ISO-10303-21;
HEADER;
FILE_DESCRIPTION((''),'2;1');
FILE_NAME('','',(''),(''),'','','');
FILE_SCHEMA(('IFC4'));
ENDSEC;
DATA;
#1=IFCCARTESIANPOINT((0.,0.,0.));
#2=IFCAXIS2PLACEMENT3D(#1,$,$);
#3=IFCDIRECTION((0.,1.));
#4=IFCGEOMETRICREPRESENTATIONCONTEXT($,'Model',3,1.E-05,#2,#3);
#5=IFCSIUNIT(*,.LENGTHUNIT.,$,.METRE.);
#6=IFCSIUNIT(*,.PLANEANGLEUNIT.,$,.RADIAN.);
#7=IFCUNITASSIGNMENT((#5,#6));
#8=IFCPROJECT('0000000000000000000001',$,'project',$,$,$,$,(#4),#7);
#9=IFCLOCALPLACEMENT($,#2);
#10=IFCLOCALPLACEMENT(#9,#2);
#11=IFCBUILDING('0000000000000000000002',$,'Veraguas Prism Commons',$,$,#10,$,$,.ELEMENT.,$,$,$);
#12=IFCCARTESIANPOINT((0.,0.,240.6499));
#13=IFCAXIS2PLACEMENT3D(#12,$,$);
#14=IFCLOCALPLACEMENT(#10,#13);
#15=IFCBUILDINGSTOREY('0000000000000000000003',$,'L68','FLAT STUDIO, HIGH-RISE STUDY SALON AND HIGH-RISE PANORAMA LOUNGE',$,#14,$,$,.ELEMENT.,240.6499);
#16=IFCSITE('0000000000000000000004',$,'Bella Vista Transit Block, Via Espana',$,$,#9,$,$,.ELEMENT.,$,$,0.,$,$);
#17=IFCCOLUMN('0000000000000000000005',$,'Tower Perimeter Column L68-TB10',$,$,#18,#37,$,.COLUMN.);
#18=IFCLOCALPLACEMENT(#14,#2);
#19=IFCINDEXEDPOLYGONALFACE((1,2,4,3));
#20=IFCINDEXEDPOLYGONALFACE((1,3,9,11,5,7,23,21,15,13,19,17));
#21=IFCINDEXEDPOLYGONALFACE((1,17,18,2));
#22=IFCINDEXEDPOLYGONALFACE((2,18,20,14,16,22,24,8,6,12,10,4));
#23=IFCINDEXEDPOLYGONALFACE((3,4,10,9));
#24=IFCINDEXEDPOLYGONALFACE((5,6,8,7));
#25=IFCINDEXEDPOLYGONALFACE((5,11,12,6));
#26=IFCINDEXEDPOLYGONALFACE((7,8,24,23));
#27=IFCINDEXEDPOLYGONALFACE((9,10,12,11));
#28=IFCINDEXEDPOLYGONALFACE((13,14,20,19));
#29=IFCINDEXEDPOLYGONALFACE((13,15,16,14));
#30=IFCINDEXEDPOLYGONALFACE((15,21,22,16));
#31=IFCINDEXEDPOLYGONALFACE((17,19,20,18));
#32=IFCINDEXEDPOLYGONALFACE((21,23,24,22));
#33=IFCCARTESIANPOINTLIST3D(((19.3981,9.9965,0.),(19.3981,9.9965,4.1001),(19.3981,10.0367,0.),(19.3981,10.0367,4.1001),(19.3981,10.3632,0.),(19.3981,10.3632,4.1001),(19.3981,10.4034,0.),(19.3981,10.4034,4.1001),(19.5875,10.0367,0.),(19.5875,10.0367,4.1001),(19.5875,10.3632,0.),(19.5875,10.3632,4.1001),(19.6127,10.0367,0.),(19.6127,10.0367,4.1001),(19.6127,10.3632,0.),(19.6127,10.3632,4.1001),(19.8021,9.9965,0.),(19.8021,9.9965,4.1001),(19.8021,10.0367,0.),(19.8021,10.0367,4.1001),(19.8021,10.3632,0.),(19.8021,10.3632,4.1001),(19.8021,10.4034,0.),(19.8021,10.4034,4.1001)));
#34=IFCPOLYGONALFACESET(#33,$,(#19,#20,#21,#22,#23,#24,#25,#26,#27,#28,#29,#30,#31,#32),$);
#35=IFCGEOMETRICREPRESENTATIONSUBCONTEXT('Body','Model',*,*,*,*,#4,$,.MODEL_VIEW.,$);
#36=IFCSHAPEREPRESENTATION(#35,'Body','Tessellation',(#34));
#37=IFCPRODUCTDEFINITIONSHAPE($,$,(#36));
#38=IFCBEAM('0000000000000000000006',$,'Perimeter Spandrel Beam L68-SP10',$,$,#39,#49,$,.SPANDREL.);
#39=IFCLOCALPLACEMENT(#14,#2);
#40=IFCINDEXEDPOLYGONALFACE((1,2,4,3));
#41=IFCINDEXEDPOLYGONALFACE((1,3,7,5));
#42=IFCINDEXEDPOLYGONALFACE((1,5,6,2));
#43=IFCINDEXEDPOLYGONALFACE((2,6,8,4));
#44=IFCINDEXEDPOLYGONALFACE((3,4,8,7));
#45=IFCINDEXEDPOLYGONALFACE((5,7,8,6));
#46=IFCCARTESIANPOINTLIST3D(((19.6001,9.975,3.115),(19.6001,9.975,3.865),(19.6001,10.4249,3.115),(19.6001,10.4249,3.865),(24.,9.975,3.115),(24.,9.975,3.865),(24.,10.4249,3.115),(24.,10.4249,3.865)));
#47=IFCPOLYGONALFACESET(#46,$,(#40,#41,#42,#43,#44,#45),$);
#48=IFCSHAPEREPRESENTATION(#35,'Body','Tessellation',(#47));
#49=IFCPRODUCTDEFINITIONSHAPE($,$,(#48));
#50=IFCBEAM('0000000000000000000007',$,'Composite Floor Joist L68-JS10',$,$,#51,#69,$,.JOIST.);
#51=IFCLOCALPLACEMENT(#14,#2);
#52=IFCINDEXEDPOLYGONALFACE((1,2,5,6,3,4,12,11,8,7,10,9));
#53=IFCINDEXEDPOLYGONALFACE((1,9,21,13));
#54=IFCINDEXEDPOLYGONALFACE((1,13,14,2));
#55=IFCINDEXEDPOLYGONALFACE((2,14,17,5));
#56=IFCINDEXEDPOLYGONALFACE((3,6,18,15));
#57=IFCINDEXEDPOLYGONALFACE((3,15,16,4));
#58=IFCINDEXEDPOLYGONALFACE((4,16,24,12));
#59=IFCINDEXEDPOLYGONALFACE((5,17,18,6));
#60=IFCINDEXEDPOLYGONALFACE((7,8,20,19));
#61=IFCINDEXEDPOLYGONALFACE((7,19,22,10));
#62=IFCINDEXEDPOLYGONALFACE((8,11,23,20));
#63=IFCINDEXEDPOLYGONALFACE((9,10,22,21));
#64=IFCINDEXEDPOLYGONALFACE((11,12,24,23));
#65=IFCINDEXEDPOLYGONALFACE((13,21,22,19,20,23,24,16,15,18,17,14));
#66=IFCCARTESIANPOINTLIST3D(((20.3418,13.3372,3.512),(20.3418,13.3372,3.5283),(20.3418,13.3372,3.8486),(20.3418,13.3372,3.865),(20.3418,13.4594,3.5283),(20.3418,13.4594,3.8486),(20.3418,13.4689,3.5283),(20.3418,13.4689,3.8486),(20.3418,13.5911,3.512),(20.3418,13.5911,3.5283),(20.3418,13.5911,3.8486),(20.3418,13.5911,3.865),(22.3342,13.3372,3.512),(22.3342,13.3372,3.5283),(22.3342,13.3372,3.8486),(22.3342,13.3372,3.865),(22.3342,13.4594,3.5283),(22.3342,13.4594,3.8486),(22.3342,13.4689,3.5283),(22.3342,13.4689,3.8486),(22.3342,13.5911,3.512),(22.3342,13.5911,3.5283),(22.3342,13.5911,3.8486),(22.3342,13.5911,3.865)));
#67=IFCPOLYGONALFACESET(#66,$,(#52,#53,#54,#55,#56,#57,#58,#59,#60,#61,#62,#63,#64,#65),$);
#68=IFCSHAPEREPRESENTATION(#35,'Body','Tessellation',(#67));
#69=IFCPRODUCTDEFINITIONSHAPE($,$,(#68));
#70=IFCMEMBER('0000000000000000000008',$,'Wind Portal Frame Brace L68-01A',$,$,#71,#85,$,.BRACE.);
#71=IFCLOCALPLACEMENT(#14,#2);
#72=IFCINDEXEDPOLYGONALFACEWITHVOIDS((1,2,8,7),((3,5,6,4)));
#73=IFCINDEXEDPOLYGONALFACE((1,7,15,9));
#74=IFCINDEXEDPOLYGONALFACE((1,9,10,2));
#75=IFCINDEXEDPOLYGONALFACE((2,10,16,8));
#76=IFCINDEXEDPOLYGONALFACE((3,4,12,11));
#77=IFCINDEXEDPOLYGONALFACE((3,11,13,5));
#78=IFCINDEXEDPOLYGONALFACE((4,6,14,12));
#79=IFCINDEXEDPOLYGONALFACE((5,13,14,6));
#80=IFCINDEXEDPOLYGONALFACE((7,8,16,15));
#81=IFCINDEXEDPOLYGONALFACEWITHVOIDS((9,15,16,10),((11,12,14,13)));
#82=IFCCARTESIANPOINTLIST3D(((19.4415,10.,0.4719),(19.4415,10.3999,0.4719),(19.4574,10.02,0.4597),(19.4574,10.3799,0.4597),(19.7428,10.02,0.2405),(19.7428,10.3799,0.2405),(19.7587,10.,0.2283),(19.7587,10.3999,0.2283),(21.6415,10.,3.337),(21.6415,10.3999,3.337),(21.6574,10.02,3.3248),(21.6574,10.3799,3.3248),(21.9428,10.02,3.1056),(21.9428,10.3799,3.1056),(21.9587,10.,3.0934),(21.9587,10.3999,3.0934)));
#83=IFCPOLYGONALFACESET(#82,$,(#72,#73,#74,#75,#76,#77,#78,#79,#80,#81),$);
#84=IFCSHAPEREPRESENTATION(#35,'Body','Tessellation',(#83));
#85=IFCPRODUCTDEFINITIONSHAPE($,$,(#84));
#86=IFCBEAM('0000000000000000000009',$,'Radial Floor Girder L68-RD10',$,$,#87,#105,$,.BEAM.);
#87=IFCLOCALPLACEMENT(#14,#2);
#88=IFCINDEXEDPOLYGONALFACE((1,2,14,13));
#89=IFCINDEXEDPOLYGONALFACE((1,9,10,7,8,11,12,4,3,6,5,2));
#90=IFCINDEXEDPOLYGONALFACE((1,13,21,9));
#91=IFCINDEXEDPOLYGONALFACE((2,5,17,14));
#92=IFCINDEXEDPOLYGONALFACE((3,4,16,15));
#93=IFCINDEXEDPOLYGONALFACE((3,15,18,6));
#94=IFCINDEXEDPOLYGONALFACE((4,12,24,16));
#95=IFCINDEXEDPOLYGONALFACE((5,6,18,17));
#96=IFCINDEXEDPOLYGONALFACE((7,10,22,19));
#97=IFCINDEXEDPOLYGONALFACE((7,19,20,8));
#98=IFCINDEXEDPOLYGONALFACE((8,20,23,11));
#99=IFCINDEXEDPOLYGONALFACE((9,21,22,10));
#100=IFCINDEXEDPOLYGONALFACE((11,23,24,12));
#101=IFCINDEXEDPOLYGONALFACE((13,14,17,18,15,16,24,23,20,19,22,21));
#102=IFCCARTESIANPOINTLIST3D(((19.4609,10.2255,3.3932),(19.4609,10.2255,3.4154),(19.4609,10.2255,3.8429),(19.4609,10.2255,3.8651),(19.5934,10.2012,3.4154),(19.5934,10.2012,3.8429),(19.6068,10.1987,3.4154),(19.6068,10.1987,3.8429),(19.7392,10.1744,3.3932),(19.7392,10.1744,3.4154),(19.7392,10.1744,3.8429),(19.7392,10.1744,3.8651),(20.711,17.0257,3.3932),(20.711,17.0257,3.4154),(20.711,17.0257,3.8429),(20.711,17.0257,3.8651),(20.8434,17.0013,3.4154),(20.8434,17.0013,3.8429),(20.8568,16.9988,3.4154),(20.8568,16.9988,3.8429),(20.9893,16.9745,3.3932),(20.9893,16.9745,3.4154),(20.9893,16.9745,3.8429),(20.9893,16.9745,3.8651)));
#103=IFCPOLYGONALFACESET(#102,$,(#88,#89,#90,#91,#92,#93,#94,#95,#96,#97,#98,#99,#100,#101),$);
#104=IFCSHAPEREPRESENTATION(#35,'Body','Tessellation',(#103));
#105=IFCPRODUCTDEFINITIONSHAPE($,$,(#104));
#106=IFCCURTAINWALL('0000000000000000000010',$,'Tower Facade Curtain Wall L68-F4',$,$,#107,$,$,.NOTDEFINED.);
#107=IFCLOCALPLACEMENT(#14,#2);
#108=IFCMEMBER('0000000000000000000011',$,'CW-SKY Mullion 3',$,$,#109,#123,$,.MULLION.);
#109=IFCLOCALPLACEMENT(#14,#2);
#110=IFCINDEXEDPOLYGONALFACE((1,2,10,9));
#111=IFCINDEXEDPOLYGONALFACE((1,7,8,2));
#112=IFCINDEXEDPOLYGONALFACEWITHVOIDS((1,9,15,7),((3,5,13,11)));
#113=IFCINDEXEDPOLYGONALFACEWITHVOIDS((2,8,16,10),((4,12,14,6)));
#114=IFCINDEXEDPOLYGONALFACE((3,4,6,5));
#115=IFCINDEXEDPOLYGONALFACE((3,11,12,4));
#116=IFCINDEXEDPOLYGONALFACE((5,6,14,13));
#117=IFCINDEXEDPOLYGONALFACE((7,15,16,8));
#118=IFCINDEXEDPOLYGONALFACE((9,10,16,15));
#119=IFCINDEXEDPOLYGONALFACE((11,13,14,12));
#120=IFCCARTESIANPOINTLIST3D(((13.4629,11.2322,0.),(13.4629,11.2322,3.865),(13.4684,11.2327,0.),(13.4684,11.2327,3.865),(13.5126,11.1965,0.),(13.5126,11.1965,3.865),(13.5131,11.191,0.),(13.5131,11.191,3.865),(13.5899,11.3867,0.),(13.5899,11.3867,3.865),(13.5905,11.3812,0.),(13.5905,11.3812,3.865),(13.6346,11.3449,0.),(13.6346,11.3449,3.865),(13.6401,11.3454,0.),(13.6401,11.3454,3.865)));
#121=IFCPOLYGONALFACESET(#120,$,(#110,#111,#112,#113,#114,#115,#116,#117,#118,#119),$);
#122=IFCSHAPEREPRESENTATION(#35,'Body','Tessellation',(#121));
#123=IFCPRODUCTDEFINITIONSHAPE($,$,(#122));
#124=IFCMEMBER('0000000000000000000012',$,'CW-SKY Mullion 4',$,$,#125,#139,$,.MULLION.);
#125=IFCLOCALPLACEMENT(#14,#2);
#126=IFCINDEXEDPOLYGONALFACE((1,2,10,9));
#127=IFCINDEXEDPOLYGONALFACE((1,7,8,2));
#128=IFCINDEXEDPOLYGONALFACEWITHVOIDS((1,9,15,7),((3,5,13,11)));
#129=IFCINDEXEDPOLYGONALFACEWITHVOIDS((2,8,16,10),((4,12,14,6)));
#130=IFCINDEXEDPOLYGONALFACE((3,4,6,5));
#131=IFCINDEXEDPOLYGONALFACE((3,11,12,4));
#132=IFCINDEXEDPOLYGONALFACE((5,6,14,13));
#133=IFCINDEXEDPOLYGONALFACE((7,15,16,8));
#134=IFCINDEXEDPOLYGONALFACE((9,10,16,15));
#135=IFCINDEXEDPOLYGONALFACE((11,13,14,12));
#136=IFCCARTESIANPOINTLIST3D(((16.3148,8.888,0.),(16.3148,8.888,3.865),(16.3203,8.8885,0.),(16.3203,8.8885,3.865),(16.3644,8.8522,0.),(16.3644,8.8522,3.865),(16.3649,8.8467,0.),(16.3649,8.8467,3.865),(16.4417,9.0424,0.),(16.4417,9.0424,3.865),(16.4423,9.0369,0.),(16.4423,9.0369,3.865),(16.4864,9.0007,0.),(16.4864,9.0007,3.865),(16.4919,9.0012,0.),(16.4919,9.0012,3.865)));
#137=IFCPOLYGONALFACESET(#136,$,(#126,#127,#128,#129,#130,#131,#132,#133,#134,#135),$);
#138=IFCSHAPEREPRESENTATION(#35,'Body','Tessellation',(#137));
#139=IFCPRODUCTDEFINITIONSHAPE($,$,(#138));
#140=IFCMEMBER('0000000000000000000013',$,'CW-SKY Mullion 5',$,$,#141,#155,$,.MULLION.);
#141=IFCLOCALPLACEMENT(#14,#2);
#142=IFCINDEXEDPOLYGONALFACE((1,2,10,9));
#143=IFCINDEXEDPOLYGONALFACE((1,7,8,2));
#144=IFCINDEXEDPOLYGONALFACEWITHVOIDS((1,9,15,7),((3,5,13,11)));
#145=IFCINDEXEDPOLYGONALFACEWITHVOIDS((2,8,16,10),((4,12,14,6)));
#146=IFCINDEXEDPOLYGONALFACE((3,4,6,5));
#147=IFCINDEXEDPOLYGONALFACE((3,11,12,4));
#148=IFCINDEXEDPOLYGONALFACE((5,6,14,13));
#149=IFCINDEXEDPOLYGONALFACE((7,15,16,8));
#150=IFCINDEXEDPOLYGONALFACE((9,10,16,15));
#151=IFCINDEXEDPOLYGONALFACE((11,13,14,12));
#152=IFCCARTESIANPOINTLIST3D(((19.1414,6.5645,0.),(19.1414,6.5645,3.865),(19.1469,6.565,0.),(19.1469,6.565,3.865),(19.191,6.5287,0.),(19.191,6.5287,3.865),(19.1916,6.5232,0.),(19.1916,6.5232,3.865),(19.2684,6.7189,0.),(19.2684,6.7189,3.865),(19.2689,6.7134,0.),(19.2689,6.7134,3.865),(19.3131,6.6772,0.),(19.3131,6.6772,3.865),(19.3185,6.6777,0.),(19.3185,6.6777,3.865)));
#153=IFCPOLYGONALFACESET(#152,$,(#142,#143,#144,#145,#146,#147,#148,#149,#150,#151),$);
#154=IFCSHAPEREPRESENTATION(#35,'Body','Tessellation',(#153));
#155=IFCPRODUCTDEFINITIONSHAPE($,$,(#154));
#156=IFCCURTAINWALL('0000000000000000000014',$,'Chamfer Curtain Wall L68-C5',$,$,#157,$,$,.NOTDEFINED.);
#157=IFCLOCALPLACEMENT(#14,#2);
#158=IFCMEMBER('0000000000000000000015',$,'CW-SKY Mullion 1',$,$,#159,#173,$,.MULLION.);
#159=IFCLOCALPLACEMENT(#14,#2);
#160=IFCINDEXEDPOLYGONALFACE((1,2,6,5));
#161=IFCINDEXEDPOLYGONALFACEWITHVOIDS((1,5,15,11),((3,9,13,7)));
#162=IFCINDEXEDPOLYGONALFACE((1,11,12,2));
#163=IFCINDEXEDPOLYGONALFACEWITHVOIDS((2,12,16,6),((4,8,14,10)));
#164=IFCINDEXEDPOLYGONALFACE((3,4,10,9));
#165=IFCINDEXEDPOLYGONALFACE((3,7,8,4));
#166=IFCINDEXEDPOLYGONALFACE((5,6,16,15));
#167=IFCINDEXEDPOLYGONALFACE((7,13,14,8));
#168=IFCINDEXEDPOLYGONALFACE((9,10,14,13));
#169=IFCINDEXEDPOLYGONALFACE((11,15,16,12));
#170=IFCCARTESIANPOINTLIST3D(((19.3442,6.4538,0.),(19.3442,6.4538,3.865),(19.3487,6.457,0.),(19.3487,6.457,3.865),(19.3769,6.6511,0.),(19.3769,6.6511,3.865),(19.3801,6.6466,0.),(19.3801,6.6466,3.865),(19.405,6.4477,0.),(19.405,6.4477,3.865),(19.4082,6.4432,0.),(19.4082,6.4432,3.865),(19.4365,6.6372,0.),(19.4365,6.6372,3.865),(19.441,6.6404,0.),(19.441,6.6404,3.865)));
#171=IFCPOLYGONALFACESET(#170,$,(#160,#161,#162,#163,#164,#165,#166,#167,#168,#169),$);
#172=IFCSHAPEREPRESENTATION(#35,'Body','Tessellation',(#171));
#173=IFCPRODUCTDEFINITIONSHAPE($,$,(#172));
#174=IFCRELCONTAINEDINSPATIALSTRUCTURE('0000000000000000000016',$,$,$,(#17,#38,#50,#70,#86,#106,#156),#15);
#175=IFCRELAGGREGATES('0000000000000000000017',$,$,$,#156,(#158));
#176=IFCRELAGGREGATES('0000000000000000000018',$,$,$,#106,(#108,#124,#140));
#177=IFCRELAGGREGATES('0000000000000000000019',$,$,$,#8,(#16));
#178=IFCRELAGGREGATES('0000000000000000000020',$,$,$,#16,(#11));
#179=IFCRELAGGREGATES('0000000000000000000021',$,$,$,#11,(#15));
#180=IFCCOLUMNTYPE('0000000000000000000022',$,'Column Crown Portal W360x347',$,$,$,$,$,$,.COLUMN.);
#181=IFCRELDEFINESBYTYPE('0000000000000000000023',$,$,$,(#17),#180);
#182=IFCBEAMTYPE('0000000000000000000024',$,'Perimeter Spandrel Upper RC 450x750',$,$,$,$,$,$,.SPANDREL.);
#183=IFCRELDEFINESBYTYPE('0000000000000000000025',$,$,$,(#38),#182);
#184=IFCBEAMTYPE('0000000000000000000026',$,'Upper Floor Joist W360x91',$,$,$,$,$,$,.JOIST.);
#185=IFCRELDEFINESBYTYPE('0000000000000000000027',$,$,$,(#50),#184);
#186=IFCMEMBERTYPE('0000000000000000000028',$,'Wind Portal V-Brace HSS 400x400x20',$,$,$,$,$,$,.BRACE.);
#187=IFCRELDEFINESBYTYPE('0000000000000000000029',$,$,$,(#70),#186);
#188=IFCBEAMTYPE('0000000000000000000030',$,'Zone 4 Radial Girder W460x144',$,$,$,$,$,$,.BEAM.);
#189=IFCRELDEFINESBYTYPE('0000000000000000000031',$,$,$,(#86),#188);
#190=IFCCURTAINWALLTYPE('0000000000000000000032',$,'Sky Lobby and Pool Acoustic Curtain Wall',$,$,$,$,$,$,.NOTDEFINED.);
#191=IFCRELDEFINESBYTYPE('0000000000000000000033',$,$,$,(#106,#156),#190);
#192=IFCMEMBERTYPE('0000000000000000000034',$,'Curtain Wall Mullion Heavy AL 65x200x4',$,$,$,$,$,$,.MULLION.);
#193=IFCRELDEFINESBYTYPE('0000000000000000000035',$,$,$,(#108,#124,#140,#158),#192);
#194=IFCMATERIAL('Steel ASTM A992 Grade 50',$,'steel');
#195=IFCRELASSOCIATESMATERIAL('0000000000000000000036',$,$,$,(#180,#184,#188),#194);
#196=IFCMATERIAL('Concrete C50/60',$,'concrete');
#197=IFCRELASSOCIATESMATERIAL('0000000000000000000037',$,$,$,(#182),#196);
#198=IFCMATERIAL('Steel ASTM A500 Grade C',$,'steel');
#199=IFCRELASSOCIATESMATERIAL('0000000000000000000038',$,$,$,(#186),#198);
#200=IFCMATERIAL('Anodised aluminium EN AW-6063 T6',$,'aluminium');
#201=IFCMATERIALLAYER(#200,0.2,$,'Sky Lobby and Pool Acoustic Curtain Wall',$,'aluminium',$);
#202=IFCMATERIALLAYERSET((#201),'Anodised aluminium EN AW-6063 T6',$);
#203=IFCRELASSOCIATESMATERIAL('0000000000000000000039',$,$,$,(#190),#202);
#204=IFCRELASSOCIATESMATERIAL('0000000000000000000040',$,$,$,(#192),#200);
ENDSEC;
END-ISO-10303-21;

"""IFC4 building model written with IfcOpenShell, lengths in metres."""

from ifc_helpers import new_model, si_unit, direction, frame, origin, origin_2d, place, context, subcontext, project, spatial, rectangle, hollow_rectangle, i_section, extrude, source, transform, mapped, material, layer, layer_set, material_profile, profile_set, type_object, element, aggregate, save


model = new_model("IFC4")

# Units and contexts
model_context = context("Model", 3, precision=1e-05, world=origin(), true_north=direction((0.0, 1.0)))
body_context = subcontext(model_context, "Body", "Model", "MODEL_VIEW")
ifc_project = project(units=[si_unit("LENGTHUNIT", "METRE"), si_unit("PLANEANGLEUNIT", "RADIAN")], contexts=[model_context])

# Site, building, storey
site_placement = place(None, origin())
site = spatial("IfcSite", under=ifc_project, at=site_placement, Name="Bella Vista Transit Block, Via Espana", CompositionType="ELEMENT", RefElevation=0.0)
building_placement = place(site_placement, origin())
building = spatial("IfcBuilding", under=site, at=building_placement, Name="Veraguas Prism Commons", CompositionType="ELEMENT")
storey_placement = place(building_placement, frame((0.0, 0.0, 240.6499)))
storey = spatial("IfcBuildingStorey", under=building, at=storey_placement, Name="L68", Description="FLAT STUDIO, HIGH-RISE STUDY SALON AND HIGH-RISE PANORAMA LOUNGE", CompositionType="ELEMENT", Elevation=240.6499)

# Column
ifc_material_1 = material(Name="Steel ASTM A992 Grade 50", Category="steel")
ifc_material_profile_1 = material_profile(ifc_material_1, i_section(OverallWidth=0.4041, OverallDepth=0.407, WebThickness=0.0251, FlangeThickness=0.0403, at=origin_2d()), Name="W360X347")
ifc_profile_set_1 = profile_set([ifc_material_profile_1], Name="Steel ASTM A992 Grade 50")
column_type = type_object("IfcColumnType", Name="Column Crown Portal W360x347", PredefinedType="COLUMN", material=ifc_profile_set_1)
column_placement = place(storey_placement, frame((19.6001, 10.2, 0.0), z_axis=(0.0, 0.0, 1.0), x_axis=(1.0, 0.0, 0.0)))
element("IfcColumn", 1, at=column_placement, inside=storey, type_object=column_type, Name="Tower Perimeter Column L68-TB10", PredefinedType="COLUMN", context=body_context, shape_type="SweptSolid", body=[
    extrude(i_section(OverallWidth=0.4041, OverallDepth=0.407, WebThickness=0.0251, FlangeThickness=0.0403, at=origin_2d()), origin(), (0.0, 0.0, 1.0), 4.1001),
])

# Beams
ifc_material_2 = material(Name="Concrete C50/60", Category="concrete")
ifc_material_profile_2 = material_profile(ifc_material_2, rectangle(XDim=0.45, YDim=0.75, at=origin_2d()), Name="RC450X750")
ifc_profile_set_2 = profile_set([ifc_material_profile_2], Name="Concrete C50/60")
beam_type_1 = type_object("IfcBeamType", Name="Perimeter Spandrel Upper RC 450x750", PredefinedType="SPANDREL", material=ifc_profile_set_2)
beam_1_placement = place(storey_placement, frame((19.6001, 10.2, 3.49), z_axis=(1.0, 0.0, 0.0), x_axis=(0.0, 1.0, 0.0)))
element("IfcBeam", 2, at=beam_1_placement, inside=storey, type_object=beam_type_1, Name="Perimeter Spandrel Beam L68-SP10", PredefinedType="SPANDREL", context=body_context, shape_type="SweptSolid", body=[
    extrude(rectangle(XDim=0.45, YDim=0.75, at=origin_2d()), origin(), (0.0, 0.0, 1.0), 4.3999),
])
ifc_material_profile_3 = material_profile(ifc_material_1, i_section(OverallWidth=0.2539, OverallDepth=0.353, WebThickness=0.0095, FlangeThickness=0.0164, at=origin_2d()), Name="W360X91")
ifc_profile_set_3 = profile_set([ifc_material_profile_3], Name="Steel ASTM A992 Grade 50")
beam_type_2 = type_object("IfcBeamType", Name="Upper Floor Joist W360x91", PredefinedType="JOIST", material=ifc_profile_set_3)
beam_2_placement = place(storey_placement, frame((20.3418, 13.4641, 3.6885), z_axis=(1.0, 0.0, 0.0), x_axis=(0.0, 1.0, 0.0)))
element("IfcBeam", 3, at=beam_2_placement, inside=storey, type_object=beam_type_2, Name="Composite Floor Joist L68-JS10", PredefinedType="JOIST", context=body_context, shape_type="SweptSolid", body=[
    extrude(i_section(OverallWidth=0.2539, OverallDepth=0.353, WebThickness=0.0095, FlangeThickness=0.0164, at=origin_2d()), origin(), (0.0, 0.0, 1.0), 1.9924),
])

# Member
ifc_material_3 = material(Name="Steel ASTM A500 Grade C", Category="steel")
ifc_material_profile_4 = material_profile(ifc_material_3, hollow_rectangle(XDim=0.3999, YDim=0.3999, WallThickness=0.02, at=origin_2d()), Name="HSS400X400X20")
ifc_profile_set_4 = profile_set([ifc_material_profile_4], Name="Steel ASTM A500 Grade C")
member_type_1 = type_object("IfcMemberType", Name="Wind Portal V-Brace HSS 400x400x20", PredefinedType="BRACE", material=ifc_profile_set_4)
member_1_placement = place(storey_placement, frame((19.6001, 10.2, 0.3501), z_axis=(0.609034, 0.0, 0.793144), x_axis=(0.0, 1.0, 0.0)))
element("IfcMember", 4, at=member_1_placement, inside=storey, type_object=member_type_1, Name="Wind Portal Frame Brace L68-01A", PredefinedType="BRACE", context=body_context, shape_type="SweptSolid", body=[
    extrude(hollow_rectangle(XDim=0.3999, YDim=0.3999, WallThickness=0.02, at=origin_2d()), origin(), (0.0, 0.0, 1.0), 3.6123),
])

# Beam
ifc_material_profile_5 = material_profile(ifc_material_1, i_section(OverallWidth=0.283, OverallDepth=0.4719, WebThickness=0.0137, FlangeThickness=0.0222, at=origin_2d()), Name="W460X144")
ifc_profile_set_5 = profile_set([ifc_material_profile_5], Name="Steel ASTM A992 Grade 50")
beam_type_3 = type_object("IfcBeamType", Name="Zone 4 Radial Girder W460x144", PredefinedType="BEAM", material=ifc_profile_set_5)
beam_3_placement = place(storey_placement, frame((19.6001, 10.2, 3.6292), z_axis=(0.180793, 0.983521, 0.0), x_axis=(-0.983521, 0.180793, 0.0)))
element("IfcBeam", 5, at=beam_3_placement, inside=storey, type_object=beam_type_3, Name="Radial Floor Girder L68-RD10", PredefinedType="BEAM", context=body_context, shape_type="SweptSolid", body=[
    extrude(i_section(OverallWidth=0.283, OverallDepth=0.4719, WebThickness=0.0137, FlangeThickness=0.0222, at=origin_2d()), origin(), (0.0, 0.0, 1.0), 6.9141),
])

# Curtain walls, members
ifc_material_4 = material(Name="Anodised aluminium EN AW-6063 T6", Category="aluminium")
ifc_layer_1 = layer(ifc_material_4, 0.2, Name="Sky Lobby and Pool Acoustic Curtain Wall", Category="aluminium")
ifc_layer_set_1 = layer_set([ifc_layer_1], Name="Anodised aluminium EN AW-6063 T6")
curtain_wall_type = type_object("IfcCurtainWallType", Name="Sky Lobby and Pool Acoustic Curtain Wall", PredefinedType="NOTDEFINED", material=ifc_layer_set_1)
curtain_wall_1_placement = place(storey_placement, origin())
curtain_wall_1 = element("IfcCurtainWall", 6, at=curtain_wall_1_placement, inside=storey, type_object=curtain_wall_type, Name="Tower Facade Curtain Wall L68-F4", PredefinedType="NOTDEFINED")
ifc_material_profile_6 = material_profile(ifc_material_4, hollow_rectangle(XDim=0.0649, YDim=0.2, WallThickness=0.0039, at=origin_2d()), Name="AL65X200X4")
ifc_profile_set_6 = profile_set([ifc_material_profile_6], Name="Anodised aluminium EN AW-6063 T6")
member_type_2 = type_object("IfcMemberType", Name="Curtain Wall Mullion Heavy AL 65x200x4", PredefinedType="MULLION", material=ifc_profile_set_6)
shared_shape_1 = source(origin(), body_context, "Body", "SweptSolid", [
    extrude(hollow_rectangle(XDim=0.0649, YDim=0.2, WallThickness=0.0039, at=origin_2d()), origin(), (0.0, 0.0, 1.0), 3.865),
])
member_2_placement = place(storey_placement, frame((13.5515, 11.2888, 0.0), z_axis=(0.0, 0.0, 1.0), x_axis=(0.772514, -0.634998, 0.0)))
member_2 = element("IfcMember", 7, at=member_2_placement, type_object=member_type_2, Name="CW-SKY Mullion 3", PredefinedType="MULLION", context=body_context, shape_type="MappedRepresentation", body=[
    mapped(shared_shape_1, transform((0.0, 0.0, 0.0), scale=1.0)),
])
member_3_placement = place(storey_placement, frame((16.4033, 8.9446, 0.0), z_axis=(0.0, 0.0, 1.0), x_axis=(0.772514, -0.634998, 0.0)))
member_3 = element("IfcMember", 8, at=member_3_placement, type_object=member_type_2, Name="CW-SKY Mullion 4", PredefinedType="MULLION", context=body_context, shape_type="MappedRepresentation", body=[
    mapped(shared_shape_1, transform((0.0, 0.0, 0.0), scale=1.0)),
])
member_4_placement = place(storey_placement, frame((19.23, 6.6211, 0.0), z_axis=(0.0, 0.0, 1.0), x_axis=(0.772514, -0.634998, 0.0)))
member_4 = element("IfcMember", 9, at=member_4_placement, type_object=member_type_2, Name="CW-SKY Mullion 5", PredefinedType="MULLION", context=body_context, shape_type="MappedRepresentation", body=[
    mapped(shared_shape_1, transform((0.0, 0.0, 0.0), scale=1.0)),
])
curtain_wall_2_placement = place(storey_placement, origin())
curtain_wall_2 = element("IfcCurtainWall", 10, at=curtain_wall_2_placement, inside=storey, type_object=curtain_wall_type, Name="Chamfer Curtain Wall L68-C5", PredefinedType="NOTDEFINED")
member_5_placement = place(storey_placement, frame((19.3926, 6.5471, 0.0), z_axis=(0.0, 0.0, 1.0), x_axis=(0.986511, -0.163693, 0.0)))
member_5 = element("IfcMember", 11, at=member_5_placement, type_object=member_type_2, Name="CW-SKY Mullion 1", PredefinedType="MULLION", context=body_context, shape_type="MappedRepresentation", body=[
    mapped(shared_shape_1, transform((0.0, 0.0, 0.0), scale=1.0)),
])
aggregate(curtain_wall_2, [member_5])

aggregate(curtain_wall_1, [member_2, member_3, member_4])

save(model, "model.ifc")
